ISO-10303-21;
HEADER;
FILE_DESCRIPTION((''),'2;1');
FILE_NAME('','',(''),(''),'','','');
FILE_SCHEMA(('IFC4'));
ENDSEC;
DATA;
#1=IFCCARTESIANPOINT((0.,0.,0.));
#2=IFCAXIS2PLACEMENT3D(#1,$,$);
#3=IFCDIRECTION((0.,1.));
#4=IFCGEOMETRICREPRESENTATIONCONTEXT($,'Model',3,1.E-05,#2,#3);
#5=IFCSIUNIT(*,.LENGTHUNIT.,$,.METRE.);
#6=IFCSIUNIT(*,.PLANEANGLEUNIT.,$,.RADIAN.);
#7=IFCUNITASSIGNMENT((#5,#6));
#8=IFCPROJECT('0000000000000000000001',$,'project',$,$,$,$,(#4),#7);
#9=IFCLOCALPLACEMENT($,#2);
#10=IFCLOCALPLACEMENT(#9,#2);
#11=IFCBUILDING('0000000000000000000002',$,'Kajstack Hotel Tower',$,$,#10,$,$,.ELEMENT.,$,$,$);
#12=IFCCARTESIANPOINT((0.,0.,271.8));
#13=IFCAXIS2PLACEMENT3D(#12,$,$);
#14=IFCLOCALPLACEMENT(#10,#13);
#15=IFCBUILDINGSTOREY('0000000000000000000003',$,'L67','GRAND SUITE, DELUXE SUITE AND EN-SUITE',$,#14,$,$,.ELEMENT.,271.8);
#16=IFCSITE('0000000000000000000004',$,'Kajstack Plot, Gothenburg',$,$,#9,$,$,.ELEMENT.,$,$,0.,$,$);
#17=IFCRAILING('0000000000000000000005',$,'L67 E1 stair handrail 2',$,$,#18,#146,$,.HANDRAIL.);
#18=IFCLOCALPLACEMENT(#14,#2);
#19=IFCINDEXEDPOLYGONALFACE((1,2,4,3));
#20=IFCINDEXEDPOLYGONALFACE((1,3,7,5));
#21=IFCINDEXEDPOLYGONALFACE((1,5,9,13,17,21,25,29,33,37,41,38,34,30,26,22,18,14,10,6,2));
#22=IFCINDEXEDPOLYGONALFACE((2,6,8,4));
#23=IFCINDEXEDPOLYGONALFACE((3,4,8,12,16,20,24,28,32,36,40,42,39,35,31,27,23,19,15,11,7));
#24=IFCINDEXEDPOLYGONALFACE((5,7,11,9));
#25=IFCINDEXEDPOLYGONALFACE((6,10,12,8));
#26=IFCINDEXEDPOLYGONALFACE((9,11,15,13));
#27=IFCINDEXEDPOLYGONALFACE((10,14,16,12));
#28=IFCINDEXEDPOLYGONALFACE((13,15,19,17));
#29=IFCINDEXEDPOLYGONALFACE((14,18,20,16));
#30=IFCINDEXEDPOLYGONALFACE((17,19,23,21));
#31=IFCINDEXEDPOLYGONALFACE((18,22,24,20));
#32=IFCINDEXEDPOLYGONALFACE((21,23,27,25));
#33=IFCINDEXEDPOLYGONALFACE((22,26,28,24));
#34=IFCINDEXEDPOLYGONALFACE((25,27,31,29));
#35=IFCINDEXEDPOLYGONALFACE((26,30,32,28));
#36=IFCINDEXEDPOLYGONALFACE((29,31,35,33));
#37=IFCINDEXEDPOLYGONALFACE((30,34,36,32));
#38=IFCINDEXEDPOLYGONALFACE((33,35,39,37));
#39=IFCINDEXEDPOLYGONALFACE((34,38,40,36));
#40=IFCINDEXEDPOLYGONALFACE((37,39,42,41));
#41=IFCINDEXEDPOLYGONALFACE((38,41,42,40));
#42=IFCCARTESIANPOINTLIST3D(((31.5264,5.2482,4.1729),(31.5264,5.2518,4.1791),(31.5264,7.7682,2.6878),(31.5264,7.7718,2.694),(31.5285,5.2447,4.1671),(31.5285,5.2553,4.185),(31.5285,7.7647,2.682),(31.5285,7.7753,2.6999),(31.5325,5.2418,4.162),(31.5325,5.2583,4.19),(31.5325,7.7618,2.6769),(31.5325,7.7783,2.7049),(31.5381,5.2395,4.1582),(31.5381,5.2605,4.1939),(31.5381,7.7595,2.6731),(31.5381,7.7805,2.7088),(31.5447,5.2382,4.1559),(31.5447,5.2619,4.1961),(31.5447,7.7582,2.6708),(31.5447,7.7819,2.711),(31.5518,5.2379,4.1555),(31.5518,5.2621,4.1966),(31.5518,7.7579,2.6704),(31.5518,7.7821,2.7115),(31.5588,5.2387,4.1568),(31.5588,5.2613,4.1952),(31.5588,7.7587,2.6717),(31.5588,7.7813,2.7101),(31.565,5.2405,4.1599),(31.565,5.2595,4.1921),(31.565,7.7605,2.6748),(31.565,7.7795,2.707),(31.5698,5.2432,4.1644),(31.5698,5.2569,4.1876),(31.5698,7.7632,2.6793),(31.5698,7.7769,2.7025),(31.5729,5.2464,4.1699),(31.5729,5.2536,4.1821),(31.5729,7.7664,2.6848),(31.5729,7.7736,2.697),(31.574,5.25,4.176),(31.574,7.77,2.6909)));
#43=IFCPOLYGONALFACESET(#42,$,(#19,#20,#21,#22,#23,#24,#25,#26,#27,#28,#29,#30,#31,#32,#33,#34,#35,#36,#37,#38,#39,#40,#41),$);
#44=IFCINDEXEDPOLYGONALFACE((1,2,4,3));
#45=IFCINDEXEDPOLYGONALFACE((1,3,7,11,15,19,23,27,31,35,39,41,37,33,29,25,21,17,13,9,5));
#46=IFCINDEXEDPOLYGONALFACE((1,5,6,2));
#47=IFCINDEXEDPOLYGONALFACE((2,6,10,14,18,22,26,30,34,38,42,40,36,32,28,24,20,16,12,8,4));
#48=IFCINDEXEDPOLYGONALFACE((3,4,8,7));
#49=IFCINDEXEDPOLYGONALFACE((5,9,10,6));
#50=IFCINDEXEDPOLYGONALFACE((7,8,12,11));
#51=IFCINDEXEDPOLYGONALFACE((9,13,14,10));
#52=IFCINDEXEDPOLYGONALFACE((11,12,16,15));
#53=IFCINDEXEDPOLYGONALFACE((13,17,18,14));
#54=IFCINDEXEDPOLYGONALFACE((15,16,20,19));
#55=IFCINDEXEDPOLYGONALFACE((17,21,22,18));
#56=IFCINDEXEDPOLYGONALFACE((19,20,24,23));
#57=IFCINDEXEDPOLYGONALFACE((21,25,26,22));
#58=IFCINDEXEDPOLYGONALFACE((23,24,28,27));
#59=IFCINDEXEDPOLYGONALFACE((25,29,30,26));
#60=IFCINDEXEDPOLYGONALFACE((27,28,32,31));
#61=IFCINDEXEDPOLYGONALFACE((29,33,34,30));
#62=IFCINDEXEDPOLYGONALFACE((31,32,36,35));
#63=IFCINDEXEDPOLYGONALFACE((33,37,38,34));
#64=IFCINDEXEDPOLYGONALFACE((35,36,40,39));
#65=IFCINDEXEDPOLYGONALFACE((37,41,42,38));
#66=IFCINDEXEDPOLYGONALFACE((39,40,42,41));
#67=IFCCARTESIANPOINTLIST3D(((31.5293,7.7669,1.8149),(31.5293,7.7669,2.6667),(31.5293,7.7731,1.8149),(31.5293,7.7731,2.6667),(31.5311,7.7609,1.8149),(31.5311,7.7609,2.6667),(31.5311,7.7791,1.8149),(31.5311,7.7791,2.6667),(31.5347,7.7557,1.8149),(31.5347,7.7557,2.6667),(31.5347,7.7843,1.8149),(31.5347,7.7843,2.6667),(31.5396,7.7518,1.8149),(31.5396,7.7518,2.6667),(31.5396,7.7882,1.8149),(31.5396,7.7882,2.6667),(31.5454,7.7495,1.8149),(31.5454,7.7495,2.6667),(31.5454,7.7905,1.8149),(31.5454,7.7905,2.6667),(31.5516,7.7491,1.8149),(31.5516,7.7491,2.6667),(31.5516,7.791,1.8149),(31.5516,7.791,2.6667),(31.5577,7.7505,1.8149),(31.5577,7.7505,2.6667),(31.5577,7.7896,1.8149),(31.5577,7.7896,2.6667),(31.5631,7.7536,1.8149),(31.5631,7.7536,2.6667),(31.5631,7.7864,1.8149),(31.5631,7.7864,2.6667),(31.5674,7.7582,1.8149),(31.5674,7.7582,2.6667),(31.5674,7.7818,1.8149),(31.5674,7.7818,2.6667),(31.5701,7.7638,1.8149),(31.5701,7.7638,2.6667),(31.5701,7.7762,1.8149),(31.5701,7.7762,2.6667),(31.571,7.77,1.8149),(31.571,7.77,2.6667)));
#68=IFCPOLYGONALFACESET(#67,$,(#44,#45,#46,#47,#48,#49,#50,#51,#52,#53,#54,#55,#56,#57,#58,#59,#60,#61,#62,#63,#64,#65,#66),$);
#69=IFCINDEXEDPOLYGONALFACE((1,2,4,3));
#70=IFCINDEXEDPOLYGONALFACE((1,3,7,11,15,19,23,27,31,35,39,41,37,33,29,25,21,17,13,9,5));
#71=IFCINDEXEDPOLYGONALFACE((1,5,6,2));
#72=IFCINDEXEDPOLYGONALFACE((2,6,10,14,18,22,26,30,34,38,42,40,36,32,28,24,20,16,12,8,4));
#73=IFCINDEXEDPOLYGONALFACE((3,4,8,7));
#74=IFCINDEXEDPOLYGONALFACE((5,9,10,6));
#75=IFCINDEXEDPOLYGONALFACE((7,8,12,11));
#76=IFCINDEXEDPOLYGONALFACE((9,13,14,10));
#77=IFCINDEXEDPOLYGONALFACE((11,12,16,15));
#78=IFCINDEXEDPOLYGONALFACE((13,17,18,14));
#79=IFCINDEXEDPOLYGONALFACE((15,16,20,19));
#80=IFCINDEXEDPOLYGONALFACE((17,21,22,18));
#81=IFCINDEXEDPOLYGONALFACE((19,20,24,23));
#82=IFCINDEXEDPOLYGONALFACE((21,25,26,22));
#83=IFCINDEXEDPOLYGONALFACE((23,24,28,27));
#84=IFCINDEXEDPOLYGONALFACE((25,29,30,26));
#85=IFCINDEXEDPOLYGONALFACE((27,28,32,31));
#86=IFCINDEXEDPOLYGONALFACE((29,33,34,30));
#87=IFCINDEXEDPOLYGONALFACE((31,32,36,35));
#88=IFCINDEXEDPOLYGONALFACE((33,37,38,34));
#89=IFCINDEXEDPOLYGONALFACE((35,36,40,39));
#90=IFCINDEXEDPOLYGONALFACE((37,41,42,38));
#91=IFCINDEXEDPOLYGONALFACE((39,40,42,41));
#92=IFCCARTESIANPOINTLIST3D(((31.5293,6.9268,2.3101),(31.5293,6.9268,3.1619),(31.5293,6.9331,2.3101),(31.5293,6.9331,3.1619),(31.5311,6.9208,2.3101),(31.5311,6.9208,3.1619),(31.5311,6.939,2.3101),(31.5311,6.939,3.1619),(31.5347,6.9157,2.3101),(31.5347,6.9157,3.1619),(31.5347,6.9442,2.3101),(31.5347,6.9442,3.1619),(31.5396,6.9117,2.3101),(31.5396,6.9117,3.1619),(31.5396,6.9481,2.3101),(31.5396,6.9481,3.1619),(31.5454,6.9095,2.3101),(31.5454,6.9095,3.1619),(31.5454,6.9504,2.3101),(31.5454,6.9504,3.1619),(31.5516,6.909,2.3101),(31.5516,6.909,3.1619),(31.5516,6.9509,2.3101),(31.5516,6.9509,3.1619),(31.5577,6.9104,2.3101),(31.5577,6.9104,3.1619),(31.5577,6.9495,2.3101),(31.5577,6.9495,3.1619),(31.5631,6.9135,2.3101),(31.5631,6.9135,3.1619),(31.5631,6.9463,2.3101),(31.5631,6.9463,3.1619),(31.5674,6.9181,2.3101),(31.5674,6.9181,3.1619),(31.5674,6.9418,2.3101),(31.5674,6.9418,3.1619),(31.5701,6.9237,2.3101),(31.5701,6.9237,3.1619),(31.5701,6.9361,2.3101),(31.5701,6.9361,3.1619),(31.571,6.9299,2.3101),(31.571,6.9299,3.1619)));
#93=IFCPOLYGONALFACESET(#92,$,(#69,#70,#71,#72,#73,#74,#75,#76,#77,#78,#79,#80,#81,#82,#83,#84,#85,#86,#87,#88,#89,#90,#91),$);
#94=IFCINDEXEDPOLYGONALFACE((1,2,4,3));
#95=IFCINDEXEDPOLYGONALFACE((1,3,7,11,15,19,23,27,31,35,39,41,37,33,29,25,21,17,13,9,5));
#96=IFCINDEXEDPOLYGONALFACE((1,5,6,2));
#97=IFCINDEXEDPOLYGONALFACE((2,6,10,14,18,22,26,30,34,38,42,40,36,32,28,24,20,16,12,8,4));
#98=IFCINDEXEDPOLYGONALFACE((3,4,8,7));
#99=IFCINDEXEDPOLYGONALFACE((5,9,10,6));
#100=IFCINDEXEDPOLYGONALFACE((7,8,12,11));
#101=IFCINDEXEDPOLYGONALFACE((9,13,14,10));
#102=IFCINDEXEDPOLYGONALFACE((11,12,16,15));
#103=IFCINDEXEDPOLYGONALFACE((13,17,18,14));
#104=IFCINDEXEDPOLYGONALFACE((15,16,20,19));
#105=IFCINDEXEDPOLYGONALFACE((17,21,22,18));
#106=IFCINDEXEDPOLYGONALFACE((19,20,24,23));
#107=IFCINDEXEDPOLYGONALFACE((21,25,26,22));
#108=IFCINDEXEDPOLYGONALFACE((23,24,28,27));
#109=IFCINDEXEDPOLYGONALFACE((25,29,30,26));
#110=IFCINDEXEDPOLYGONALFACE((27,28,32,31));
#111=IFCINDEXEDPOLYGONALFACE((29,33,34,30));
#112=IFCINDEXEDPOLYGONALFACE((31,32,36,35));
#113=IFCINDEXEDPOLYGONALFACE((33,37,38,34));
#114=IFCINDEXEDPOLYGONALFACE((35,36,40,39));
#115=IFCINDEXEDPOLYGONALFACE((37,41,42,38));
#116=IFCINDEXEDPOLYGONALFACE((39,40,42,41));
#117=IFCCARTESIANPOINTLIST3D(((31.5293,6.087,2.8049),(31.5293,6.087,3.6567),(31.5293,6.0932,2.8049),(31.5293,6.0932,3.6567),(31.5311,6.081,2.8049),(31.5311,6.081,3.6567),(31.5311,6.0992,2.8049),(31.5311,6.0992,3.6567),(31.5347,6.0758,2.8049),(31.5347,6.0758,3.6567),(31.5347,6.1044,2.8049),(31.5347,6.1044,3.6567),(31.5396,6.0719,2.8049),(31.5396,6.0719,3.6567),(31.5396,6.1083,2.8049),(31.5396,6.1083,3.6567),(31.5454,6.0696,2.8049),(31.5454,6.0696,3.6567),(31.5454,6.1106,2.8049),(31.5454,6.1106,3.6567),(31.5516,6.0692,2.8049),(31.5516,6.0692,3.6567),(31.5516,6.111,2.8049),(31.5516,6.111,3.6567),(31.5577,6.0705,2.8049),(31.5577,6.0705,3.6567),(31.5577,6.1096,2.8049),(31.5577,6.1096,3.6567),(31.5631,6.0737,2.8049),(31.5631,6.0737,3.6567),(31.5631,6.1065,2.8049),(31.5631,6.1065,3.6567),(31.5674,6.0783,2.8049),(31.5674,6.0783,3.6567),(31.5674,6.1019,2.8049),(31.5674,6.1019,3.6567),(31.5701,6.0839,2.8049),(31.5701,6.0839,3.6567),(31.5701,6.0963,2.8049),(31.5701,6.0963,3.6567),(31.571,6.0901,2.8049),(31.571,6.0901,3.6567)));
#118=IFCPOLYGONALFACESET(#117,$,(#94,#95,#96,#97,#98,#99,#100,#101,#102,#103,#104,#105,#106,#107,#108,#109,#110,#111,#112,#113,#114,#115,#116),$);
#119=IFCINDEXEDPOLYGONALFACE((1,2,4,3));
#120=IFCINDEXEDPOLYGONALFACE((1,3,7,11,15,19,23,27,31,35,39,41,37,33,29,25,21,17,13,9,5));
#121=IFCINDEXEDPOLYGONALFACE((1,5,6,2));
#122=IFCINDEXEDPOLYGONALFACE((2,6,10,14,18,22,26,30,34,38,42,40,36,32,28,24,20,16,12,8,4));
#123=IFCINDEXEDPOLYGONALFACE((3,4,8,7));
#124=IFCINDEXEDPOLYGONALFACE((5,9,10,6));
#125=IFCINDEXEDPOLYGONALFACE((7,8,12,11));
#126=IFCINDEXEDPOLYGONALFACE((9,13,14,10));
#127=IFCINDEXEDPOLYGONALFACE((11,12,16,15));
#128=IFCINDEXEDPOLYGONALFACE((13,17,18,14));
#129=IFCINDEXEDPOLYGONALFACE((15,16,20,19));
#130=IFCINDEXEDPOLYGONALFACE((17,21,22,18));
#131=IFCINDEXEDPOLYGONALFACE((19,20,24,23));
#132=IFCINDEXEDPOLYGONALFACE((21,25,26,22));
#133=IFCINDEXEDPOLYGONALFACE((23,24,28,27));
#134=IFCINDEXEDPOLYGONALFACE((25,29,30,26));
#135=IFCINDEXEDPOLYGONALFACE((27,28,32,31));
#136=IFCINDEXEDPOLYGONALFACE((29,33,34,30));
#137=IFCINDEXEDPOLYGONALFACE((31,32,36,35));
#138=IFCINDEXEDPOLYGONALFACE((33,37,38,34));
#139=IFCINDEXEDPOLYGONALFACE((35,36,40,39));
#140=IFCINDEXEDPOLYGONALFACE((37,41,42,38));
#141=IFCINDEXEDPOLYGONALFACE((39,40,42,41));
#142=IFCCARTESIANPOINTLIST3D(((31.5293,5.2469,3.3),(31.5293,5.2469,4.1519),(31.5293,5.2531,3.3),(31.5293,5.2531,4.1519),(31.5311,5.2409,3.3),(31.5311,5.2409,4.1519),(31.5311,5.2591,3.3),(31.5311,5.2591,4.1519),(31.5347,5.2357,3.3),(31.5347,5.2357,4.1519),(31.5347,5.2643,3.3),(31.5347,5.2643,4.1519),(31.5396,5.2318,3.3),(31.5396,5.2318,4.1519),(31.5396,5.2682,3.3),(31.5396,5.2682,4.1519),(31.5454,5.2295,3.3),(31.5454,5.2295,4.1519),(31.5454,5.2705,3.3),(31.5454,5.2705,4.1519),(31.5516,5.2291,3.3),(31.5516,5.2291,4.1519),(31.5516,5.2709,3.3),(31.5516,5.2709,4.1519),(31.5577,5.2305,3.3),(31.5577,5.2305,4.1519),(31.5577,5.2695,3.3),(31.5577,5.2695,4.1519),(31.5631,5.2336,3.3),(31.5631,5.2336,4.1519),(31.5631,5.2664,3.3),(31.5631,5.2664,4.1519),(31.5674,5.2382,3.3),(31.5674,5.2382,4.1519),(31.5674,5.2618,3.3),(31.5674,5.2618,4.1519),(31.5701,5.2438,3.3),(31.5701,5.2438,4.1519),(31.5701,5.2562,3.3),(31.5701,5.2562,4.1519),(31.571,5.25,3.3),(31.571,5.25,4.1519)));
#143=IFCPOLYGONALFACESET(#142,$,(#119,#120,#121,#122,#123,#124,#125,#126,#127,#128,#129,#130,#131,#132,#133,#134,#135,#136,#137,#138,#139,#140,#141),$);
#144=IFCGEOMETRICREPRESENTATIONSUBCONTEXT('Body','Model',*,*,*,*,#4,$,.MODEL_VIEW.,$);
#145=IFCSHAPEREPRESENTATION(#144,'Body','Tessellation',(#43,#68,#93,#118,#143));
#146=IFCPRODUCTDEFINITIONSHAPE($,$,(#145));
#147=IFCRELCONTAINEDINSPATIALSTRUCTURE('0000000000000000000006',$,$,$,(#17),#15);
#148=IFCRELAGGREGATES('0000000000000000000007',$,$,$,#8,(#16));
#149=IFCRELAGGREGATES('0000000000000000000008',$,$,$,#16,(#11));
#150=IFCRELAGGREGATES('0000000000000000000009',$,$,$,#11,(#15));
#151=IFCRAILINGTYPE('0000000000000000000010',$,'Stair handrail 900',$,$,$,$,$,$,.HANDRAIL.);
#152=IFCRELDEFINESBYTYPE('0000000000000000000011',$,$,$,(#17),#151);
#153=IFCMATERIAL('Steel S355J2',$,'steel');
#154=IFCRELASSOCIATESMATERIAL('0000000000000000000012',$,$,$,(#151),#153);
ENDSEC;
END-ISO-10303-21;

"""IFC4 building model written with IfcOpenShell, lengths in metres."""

from ifc_helpers import new_model, si_unit, direction, frame, origin, origin_2d, place, context, subcontext, project, spatial, circle, extrude, material, type_object, element, save


model = new_model("IFC4")

# Units and contexts
model_context = context("Model", 3, precision=1e-05, world=origin(), true_north=direction((0.0, 1.0)))
body_context = subcontext(model_context, "Body", "Model", "MODEL_VIEW")
ifc_project = project(units=[si_unit("LENGTHUNIT", "METRE"), si_unit("PLANEANGLEUNIT", "RADIAN")], contexts=[model_context])

# Site, building, storey
site_placement = place(None, origin())
site = spatial("IfcSite", under=ifc_project, at=site_placement, Name="Kajstack Plot, Gothenburg", CompositionType="ELEMENT", RefElevation=0.0)
building_placement = place(site_placement, origin())
building = spatial("IfcBuilding", under=site, at=building_placement, Name="Kajstack Hotel Tower", CompositionType="ELEMENT")
storey_placement = place(building_placement, frame((0.0, 0.0, 271.8)))
storey = spatial("IfcBuildingStorey", under=building, at=storey_placement, Name="L67", Description="GRAND SUITE, DELUXE SUITE AND EN-SUITE", CompositionType="ELEMENT", Elevation=271.8)

# Railing
ifc_material_1 = material(Name="Steel S355J2", Category="steel")
railing_type_1 = type_object("IfcRailingType", Name="Stair handrail 900", PredefinedType="HANDRAIL", material=ifc_material_1)
railing_1_placement = place(storey_placement, frame((31.55, 7.77, 1.8149)))
element("IfcRailing", 1, at=railing_1_placement, inside=storey, type_object=railing_type_1, Name="L67 E1 stair handrail 2", PredefinedType="HANDRAIL", context=body_context, shape_type="SweptSolid", body=[
    extrude(circle(Radius=0.0239, at=origin_2d()), frame((0.0, 0.0, 0.876), z_axis=(0.0, -0.861524, 0.507717), x_axis=(1.0, 0.0, 0.0)), (0.0, 0.0, 1.0), 2.925),
    extrude(circle(Radius=0.021, at=origin_2d()), origin(), (0.0, 0.0, 1.0), 0.8518),
    extrude(circle(Radius=0.021, at=origin_2d()), frame((0.0, -0.8401, 0.4951)), (0.0, 0.0, 1.0), 0.8518),
    extrude(circle(Radius=0.021, at=origin_2d()), frame((0.0, -1.6799, 0.99)), (0.0, 0.0, 1.0), 0.8518),
    extrude(circle(Radius=0.021, at=origin_2d()), frame((0.0, -2.52, 1.4851)), (0.0, 0.0, 1.0), 0.8518),
])

save(model, "model.ifc")
